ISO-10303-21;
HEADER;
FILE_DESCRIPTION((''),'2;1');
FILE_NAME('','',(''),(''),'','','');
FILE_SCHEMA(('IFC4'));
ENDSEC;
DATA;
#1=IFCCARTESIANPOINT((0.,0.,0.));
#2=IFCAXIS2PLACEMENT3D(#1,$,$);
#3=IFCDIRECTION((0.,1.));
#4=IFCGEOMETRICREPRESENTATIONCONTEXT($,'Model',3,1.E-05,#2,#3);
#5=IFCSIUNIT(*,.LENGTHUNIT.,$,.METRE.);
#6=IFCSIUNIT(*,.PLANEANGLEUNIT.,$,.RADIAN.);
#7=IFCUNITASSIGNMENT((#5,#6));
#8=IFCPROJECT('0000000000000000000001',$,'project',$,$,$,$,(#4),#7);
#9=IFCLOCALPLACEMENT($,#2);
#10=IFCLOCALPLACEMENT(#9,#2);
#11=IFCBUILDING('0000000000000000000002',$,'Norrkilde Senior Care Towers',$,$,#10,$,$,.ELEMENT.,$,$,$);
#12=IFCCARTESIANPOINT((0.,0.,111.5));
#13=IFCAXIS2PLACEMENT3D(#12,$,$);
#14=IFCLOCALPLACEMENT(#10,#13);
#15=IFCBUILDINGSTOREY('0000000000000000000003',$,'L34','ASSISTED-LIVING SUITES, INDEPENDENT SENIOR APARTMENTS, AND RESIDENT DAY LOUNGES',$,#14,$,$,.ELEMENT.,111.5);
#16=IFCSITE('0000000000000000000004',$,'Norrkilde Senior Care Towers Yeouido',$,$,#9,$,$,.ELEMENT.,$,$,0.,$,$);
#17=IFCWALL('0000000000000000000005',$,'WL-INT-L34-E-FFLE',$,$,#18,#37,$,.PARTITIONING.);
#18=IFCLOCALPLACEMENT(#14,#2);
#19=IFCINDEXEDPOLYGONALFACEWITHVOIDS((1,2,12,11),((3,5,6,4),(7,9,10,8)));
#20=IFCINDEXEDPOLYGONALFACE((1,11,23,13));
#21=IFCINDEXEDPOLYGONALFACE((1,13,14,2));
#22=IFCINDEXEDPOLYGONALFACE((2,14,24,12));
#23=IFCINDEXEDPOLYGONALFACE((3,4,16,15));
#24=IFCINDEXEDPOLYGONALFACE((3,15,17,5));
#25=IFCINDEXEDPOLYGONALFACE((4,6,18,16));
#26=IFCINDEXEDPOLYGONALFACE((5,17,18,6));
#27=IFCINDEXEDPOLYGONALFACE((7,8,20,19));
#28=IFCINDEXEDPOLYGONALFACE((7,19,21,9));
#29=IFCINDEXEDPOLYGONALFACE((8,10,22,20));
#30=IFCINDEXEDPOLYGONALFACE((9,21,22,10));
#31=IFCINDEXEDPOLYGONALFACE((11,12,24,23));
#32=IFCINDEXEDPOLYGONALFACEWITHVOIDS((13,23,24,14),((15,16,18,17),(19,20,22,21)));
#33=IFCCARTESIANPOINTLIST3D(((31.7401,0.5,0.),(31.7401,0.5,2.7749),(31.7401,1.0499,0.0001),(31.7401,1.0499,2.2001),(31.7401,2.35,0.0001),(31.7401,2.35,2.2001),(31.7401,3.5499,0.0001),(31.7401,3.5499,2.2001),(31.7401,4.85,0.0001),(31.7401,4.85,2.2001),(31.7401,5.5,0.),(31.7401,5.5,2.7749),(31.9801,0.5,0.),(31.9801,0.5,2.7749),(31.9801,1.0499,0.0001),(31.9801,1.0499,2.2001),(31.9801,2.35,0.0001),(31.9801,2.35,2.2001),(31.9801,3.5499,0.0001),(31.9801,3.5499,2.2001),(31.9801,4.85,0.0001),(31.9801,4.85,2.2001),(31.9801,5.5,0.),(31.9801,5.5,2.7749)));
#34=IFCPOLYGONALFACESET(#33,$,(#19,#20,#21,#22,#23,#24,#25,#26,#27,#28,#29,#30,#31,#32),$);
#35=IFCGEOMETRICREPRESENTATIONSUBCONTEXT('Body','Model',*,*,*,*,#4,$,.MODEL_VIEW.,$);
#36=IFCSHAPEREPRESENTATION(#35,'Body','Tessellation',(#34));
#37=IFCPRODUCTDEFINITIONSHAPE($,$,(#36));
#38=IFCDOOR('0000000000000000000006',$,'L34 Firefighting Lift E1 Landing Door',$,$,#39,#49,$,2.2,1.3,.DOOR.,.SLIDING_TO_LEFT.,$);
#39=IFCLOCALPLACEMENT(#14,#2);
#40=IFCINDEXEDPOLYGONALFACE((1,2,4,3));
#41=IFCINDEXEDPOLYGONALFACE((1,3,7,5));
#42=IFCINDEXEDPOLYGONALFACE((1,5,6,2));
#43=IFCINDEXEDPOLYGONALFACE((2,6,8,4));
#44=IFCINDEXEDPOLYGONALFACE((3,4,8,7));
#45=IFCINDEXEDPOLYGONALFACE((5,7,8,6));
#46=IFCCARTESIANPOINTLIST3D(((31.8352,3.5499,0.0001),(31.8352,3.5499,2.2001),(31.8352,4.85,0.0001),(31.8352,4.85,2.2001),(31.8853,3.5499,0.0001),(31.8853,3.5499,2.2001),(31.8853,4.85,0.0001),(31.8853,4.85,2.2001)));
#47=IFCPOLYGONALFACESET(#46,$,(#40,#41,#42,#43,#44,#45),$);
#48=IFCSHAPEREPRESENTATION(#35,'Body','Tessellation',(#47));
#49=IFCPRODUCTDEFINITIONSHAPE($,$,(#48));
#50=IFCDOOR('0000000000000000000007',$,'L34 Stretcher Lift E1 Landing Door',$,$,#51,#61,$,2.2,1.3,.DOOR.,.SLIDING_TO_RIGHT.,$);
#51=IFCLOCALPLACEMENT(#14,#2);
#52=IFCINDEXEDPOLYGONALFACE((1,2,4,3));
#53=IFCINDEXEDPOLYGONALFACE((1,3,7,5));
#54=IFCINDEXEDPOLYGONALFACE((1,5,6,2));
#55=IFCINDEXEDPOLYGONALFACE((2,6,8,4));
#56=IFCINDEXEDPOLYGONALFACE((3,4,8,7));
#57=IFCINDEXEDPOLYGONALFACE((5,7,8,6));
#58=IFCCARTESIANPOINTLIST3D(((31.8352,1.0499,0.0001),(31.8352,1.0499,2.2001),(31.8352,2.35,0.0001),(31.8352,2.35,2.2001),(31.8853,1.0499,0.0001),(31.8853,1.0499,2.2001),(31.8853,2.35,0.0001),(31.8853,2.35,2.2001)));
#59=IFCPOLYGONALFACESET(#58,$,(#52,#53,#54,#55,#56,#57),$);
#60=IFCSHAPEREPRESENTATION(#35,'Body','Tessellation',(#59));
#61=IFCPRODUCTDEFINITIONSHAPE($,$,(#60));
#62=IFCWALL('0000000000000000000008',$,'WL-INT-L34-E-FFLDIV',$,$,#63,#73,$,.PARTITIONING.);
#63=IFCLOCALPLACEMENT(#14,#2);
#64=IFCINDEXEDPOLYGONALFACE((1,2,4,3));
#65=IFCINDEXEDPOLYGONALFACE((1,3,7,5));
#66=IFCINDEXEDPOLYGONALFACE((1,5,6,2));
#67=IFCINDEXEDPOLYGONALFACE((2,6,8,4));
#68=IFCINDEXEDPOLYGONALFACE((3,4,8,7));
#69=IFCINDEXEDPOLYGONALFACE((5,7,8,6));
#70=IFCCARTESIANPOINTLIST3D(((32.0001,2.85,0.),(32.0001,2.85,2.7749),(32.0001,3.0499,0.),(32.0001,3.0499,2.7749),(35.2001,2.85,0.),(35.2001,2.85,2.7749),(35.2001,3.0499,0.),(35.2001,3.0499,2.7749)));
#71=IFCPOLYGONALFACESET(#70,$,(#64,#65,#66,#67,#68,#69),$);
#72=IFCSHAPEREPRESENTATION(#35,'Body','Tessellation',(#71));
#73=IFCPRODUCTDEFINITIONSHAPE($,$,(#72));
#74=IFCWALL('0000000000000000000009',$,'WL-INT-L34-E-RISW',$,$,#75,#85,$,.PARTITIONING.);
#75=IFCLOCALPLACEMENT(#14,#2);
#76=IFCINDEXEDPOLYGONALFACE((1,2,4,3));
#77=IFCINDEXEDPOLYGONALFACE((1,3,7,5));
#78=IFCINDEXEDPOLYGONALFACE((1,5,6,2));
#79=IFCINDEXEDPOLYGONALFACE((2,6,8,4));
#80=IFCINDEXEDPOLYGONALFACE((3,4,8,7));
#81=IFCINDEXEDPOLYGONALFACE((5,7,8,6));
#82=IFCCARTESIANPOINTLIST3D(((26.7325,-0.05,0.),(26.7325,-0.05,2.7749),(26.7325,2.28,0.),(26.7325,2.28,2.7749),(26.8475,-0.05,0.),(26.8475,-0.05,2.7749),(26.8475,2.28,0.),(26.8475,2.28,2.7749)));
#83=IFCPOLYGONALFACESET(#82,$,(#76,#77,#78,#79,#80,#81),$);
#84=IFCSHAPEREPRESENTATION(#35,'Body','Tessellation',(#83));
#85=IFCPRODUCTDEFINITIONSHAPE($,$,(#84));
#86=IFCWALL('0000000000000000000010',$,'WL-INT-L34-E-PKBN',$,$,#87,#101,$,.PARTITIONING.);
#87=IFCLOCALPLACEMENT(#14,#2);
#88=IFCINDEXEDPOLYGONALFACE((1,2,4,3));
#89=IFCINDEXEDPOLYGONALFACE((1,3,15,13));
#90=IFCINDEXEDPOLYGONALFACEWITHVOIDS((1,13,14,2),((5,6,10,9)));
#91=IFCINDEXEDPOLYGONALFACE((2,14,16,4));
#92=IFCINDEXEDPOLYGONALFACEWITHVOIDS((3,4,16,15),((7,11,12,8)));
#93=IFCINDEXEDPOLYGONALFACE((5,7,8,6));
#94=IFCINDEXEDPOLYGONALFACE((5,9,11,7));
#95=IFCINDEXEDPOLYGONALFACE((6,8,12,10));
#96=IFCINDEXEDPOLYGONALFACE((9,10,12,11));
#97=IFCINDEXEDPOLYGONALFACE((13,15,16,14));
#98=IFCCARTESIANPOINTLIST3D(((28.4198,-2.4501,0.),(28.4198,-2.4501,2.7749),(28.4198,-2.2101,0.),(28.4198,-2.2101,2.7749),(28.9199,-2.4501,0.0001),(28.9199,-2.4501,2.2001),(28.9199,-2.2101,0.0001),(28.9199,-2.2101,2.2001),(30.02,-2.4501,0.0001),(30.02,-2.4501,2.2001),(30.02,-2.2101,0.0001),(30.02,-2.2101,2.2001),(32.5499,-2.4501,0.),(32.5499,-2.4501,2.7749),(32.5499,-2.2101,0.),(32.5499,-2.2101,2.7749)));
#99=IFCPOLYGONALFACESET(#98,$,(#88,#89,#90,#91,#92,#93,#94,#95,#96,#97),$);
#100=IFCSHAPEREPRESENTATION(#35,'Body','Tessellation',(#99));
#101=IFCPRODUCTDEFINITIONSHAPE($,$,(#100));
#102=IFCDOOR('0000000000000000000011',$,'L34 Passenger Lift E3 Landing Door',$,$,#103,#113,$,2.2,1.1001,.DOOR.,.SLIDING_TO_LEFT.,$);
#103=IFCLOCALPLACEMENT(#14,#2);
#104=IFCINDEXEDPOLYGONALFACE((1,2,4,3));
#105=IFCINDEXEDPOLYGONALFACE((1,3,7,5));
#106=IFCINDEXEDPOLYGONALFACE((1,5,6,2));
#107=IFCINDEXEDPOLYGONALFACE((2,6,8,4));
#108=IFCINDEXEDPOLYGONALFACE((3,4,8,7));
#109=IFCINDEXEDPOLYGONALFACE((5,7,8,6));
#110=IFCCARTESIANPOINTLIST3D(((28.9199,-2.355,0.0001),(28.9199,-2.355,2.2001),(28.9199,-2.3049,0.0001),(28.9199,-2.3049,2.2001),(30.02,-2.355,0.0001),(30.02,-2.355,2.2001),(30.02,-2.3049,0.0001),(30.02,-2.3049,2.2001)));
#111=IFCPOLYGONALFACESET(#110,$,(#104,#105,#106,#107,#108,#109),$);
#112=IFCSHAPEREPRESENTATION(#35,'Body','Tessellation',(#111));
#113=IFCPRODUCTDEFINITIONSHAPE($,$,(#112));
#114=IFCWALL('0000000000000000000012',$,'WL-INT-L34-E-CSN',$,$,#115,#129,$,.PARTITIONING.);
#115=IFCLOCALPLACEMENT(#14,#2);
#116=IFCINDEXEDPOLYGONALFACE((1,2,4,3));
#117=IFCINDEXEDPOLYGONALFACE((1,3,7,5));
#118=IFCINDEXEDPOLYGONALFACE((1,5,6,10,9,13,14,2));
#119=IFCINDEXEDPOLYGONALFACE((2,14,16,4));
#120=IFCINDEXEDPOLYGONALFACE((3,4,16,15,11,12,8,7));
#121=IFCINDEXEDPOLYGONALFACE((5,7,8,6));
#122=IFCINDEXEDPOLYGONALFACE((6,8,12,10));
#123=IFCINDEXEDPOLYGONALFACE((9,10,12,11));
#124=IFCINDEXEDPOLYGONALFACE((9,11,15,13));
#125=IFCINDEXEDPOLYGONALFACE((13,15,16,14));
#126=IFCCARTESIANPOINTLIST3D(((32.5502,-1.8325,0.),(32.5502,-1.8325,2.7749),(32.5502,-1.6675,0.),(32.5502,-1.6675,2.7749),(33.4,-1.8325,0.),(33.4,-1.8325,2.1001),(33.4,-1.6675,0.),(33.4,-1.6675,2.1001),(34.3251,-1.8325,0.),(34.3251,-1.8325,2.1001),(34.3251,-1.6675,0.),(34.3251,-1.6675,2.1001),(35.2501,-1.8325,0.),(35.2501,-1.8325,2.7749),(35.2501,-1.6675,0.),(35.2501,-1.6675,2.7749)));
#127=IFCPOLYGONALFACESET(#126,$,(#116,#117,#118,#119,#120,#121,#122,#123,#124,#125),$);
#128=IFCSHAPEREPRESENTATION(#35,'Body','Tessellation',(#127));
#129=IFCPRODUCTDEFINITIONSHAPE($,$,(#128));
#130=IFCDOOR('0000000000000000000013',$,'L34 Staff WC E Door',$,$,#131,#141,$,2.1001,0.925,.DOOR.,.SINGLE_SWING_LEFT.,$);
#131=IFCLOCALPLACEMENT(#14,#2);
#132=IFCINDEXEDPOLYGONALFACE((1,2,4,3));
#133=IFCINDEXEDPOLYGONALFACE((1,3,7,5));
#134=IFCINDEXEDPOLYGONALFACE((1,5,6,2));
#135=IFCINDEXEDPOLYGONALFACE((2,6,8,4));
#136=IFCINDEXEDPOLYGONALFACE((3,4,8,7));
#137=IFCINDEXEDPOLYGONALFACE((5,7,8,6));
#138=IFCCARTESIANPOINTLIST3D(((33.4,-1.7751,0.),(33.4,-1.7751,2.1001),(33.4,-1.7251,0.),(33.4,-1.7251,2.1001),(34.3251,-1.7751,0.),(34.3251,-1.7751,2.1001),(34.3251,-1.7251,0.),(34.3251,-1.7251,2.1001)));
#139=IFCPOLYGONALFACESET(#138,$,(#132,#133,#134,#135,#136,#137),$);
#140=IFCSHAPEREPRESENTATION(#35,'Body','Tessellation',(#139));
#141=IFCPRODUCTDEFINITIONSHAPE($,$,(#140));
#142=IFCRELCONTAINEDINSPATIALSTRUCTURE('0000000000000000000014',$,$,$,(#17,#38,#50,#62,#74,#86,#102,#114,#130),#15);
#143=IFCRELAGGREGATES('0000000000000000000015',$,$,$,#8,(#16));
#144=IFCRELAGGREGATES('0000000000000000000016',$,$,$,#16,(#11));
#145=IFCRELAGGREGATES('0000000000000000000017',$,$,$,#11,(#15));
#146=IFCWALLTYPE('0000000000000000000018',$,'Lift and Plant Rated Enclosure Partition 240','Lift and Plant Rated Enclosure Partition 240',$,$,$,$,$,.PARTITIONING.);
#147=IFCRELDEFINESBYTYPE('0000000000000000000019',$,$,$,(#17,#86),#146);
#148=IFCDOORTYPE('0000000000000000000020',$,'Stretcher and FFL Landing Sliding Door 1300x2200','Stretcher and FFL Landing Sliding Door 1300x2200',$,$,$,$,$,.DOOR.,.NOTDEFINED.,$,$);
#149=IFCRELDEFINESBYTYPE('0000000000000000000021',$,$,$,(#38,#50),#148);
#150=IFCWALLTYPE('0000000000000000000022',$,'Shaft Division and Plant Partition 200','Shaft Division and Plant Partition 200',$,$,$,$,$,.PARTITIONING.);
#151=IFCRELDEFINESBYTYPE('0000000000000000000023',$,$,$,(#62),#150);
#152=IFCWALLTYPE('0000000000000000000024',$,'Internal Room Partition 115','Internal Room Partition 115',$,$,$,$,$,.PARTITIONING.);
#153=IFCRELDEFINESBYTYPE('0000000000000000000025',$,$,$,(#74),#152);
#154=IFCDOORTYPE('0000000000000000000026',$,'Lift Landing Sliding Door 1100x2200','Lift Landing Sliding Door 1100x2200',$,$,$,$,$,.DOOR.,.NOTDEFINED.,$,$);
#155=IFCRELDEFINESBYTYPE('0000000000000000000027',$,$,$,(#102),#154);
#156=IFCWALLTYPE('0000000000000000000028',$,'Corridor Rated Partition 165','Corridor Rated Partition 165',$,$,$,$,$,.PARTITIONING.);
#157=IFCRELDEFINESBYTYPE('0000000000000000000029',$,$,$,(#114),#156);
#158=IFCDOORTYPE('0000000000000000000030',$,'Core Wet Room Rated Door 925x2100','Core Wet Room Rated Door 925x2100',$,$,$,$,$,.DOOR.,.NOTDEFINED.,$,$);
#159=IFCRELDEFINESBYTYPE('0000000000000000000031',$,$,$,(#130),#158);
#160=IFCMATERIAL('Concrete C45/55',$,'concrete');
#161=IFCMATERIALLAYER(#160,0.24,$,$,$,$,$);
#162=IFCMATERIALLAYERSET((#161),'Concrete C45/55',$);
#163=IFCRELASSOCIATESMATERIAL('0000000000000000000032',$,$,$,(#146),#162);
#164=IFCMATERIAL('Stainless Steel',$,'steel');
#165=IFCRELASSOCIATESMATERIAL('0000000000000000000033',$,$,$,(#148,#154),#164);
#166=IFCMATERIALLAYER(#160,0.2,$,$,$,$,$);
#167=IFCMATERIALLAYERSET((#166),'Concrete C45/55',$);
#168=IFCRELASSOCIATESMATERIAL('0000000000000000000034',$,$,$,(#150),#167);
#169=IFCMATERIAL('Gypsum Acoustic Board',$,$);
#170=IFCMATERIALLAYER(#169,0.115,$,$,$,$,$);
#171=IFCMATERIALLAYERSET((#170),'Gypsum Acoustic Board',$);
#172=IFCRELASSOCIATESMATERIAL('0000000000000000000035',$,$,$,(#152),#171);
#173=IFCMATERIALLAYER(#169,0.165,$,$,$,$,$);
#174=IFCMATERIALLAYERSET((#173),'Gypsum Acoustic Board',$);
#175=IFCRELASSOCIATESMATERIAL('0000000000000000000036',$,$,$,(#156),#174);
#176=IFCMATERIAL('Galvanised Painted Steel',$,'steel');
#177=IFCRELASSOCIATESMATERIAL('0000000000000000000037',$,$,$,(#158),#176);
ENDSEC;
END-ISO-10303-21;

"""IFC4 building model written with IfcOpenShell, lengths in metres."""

from ifc_helpers import new_model, si_unit, direction, frame, frame_2d, origin, place, context, subcontext, project, spatial, rectangle, extrude, source, transform, mapped, material, layer, layer_set, type_object, type_shapes, element, fill, save


model = new_model("IFC4")

# Units and contexts
model_context = context("Model", 3, precision=1e-05, world=origin(), true_north=direction((0.0, 1.0)))
body_context = subcontext(model_context, "Body", "Model", "MODEL_VIEW")
ifc_project = project(units=[si_unit("LENGTHUNIT", "METRE"), si_unit("PLANEANGLEUNIT", "RADIAN")], contexts=[model_context])

# Site, building, storey
site_placement = place(None, origin())
site = spatial("IfcSite", under=ifc_project, at=site_placement, Name="Norrkilde Senior Care Towers Yeouido", CompositionType="ELEMENT", RefElevation=0.0)
building_placement = place(site_placement, origin())
building = spatial("IfcBuilding", under=site, at=building_placement, Name="Norrkilde Senior Care Towers", CompositionType="ELEMENT")
storey_placement = place(building_placement, frame((0.0, 0.0, 111.5)))
storey = spatial("IfcBuildingStorey", under=building, at=storey_placement, Name="L34", Description="ASSISTED-LIVING SUITES, INDEPENDENT SENIOR APARTMENTS, AND RESIDENT DAY LOUNGES", CompositionType="ELEMENT", Elevation=111.5)

# Wall, openings, doors
ifc_material_1 = material(Name="Concrete C45/55", Category="concrete")
ifc_layer_1 = layer(ifc_material_1, 0.24)
ifc_layer_set_1 = layer_set([ifc_layer_1], Name="Concrete C45/55")
wall_type_1 = type_object("IfcWallType", Name="Lift and Plant Rated Enclosure Partition 240", Description="Lift and Plant Rated Enclosure Partition 240", PredefinedType="PARTITIONING", material=ifc_layer_set_1)
shared_shape_1 = source(origin(), body_context, "Body", "SweptSolid", [
    extrude(rectangle(XDim=5.0, YDim=0.24, at=frame_2d((2.5, 0.0))), origin(), (0.0, 0.0, 1.0), 2.7749),
])
wall_1_placement = place(storey_placement, frame((31.8601, 0.5, 0.0), z_axis=(0.0, 0.0, 1.0), x_axis=(0.0, 1.0, 0.0)))
wall_1 = element("IfcWall", 1, at=wall_1_placement, inside=storey, type_object=wall_type_1, Name="WL-INT-L34-E-FFLE", PredefinedType="PARTITIONING", context=body_context, shape_type="MappedRepresentation", body=[
    mapped(shared_shape_1, transform((0.0, 0.0, 0.0), x_axis=(1.0, 0.0, 0.0), y_axis=(0.0, 1.0, 0.0), z_axis=(0.0, 0.0, 1.0), scale=1.0)),
])
opening_1_placement = place(wall_1_placement, frame((3.05, 0.0, 0.0)))
opening_1 = element("IfcOpeningElement", 2, at=opening_1_placement, cuts=wall_1, PredefinedType="OPENING", context=body_context, shape_type="SweptSolid", body=[
    extrude(rectangle(XDim=1.3, YDim=2.2, at=frame_2d((0.6499, 1.1001))), frame((0.0, 0.1299, 0.0), z_axis=(0.0, -1.0, 0.0), x_axis=(1.0, 0.0, 0.0)), (0.0, 0.0, 1.0), 0.26),
])
opening_2_placement = place(wall_1_placement, frame((0.55, 0.0, 0.0)))
opening_2 = element("IfcOpeningElement", 3, at=opening_2_placement, cuts=wall_1, PredefinedType="OPENING", context=body_context, shape_type="SweptSolid", body=[
    extrude(rectangle(XDim=1.3, YDim=2.2, at=frame_2d((0.6499, 1.1001))), frame((0.0, 0.1299, 0.0), z_axis=(0.0, -1.0, 0.0), x_axis=(1.0, 0.0, 0.0)), (0.0, 0.0, 1.0), 0.26),
])
ifc_material_2 = material(Name="Stainless Steel", Category="steel")
door_type_1 = type_object("IfcDoorType", Name="Stretcher and FFL Landing Sliding Door 1300x2200", Description="Stretcher and FFL Landing Sliding Door 1300x2200", OperationType="NOTDEFINED", PredefinedType="DOOR", material=ifc_material_2)
shared_shape_2 = source(origin(), body_context, "Body", "SweptSolid", [
    extrude(rectangle(XDim=1.3, YDim=2.2, at=frame_2d((0.6499, 1.1001))), frame((0.0, 0.0249, 0.0), z_axis=(0.0, -1.0, 0.0), x_axis=(1.0, 0.0, 0.0)), (0.0, 0.0, 1.0), 0.05),
])
type_shapes(door_type_1, [shared_shape_2])
door_1_placement = place(opening_1_placement, origin())
door_1 = element("IfcDoor", 4, at=door_1_placement, inside=storey, type_object=door_type_1, Name="L34 Firefighting Lift E1 Landing Door", OperationType="SLIDING_TO_LEFT", OverallHeight=2.2, OverallWidth=1.3, PredefinedType="DOOR", context=body_context, shape_type="MappedRepresentation", body=[
    mapped(shared_shape_2, transform((0.0, 0.0, 0.0), x_axis=(1.0, 0.0, 0.0), y_axis=(0.0, 1.0, 0.0), z_axis=(0.0, 0.0, 1.0), scale=1.0)),
])
fill(opening_1, door_1)
door_2_placement = place(opening_2_placement, origin())
door_2 = element("IfcDoor", 5, at=door_2_placement, inside=storey, type_object=door_type_1, Name="L34 Stretcher Lift E1 Landing Door", OperationType="SLIDING_TO_RIGHT", OverallHeight=2.2, OverallWidth=1.3, PredefinedType="DOOR", context=body_context, shape_type="MappedRepresentation", body=[
    mapped(shared_shape_2, transform((0.0, 0.0, 0.0), x_axis=(1.0, 0.0, 0.0), y_axis=(0.0, 1.0, 0.0), z_axis=(0.0, 0.0, 1.0), scale=1.0)),
])
fill(opening_2, door_2)

# Wall
ifc_layer_2 = layer(ifc_material_1, 0.2)
ifc_layer_set_2 = layer_set([ifc_layer_2], Name="Concrete C45/55")
wall_type_2 = type_object("IfcWallType", Name="Shaft Division and Plant Partition 200", Description="Shaft Division and Plant Partition 200", PredefinedType="PARTITIONING", material=ifc_layer_set_2)
shared_shape_3 = source(origin(), body_context, "Body", "SweptSolid", [
    extrude(rectangle(XDim=3.2, YDim=0.2, at=frame_2d((1.6001, 0.0))), origin(), (0.0, 0.0, 1.0), 2.7749),
])
type_shapes(wall_type_2, [shared_shape_3])
wall_2_placement = place(storey_placement, frame((32.0, 2.95, 0.0), z_axis=(0.0, 0.0, 1.0), x_axis=(1.0, 0.0, 0.0)))
element("IfcWall", 6, at=wall_2_placement, inside=storey, type_object=wall_type_2, Name="WL-INT-L34-E-FFLDIV", PredefinedType="PARTITIONING", context=body_context, shape_type="MappedRepresentation", body=[
    mapped(shared_shape_3, transform((0.0, 0.0, 0.0), x_axis=(1.0, 0.0, 0.0), y_axis=(0.0, 1.0, 0.0), z_axis=(0.0, 0.0, 1.0), scale=1.0)),
])

# Shared definitions
ifc_material_3 = material(Name="Galvanised Painted Steel", Category="steel")

# Wall
ifc_material_4 = material(Name="Gypsum Acoustic Board")
ifc_layer_3 = layer(ifc_material_4, 0.115)
ifc_layer_set_3 = layer_set([ifc_layer_3], Name="Gypsum Acoustic Board")
wall_type_3 = type_object("IfcWallType", Name="Internal Room Partition 115", Description="Internal Room Partition 115", PredefinedType="PARTITIONING", material=ifc_layer_set_3)
shared_shape_4 = source(origin(), body_context, "Body", "SweptSolid", [
    extrude(rectangle(XDim=2.3301, YDim=0.115, at=frame_2d((1.165, 0.0))), origin(), (0.0, 0.0, 1.0), 2.7749),
])
wall_3_placement = place(storey_placement, frame((26.79, -0.05, 0.0), z_axis=(0.0, 0.0, 1.0), x_axis=(0.0, 1.0, 0.0)))
element("IfcWall", 7, at=wall_3_placement, inside=storey, type_object=wall_type_3, Name="WL-INT-L34-E-RISW", PredefinedType="PARTITIONING", context=body_context, shape_type="MappedRepresentation", body=[
    mapped(shared_shape_4, transform((0.0, 0.0, 0.0), x_axis=(1.0, 0.0, 0.0), y_axis=(0.0, 1.0, 0.0), z_axis=(0.0, 0.0, 1.0), scale=1.0)),
])

# Walls, openings, doors
shared_shape_5 = source(origin(), body_context, "Body", "SweptSolid", [
    extrude(rectangle(XDim=4.1301, YDim=0.24, at=frame_2d((2.0649, 0.0))), origin(), (0.0, 0.0, 1.0), 2.7749),
])
type_shapes(wall_type_1, [shared_shape_1, shared_shape_5])
wall_4_placement = place(storey_placement, frame((28.4199, -2.3301, 0.0), z_axis=(0.0, 0.0, 1.0), x_axis=(1.0, 0.0, 0.0)))
wall_4 = element("IfcWall", 8, at=wall_4_placement, inside=storey, type_object=wall_type_1, Name="WL-INT-L34-E-PKBN", PredefinedType="PARTITIONING", context=body_context, shape_type="MappedRepresentation", body=[
    mapped(shared_shape_5, transform((0.0, 0.0, 0.0), x_axis=(1.0, 0.0, 0.0), y_axis=(0.0, 1.0, 0.0), z_axis=(0.0, 0.0, 1.0), scale=1.0)),
])
opening_3_placement = place(wall_4_placement, frame((0.5, 0.0, 0.0)))
opening_3 = element("IfcOpeningElement", 9, at=opening_3_placement, cuts=wall_4, PredefinedType="OPENING", context=body_context, shape_type="SweptSolid", body=[
    extrude(rectangle(XDim=1.1001, YDim=2.2, at=frame_2d((0.55, 1.1001))), frame((0.0, 0.1299, 0.0), z_axis=(0.0, -1.0, 0.0), x_axis=(1.0, 0.0, 0.0)), (0.0, 0.0, 1.0), 0.26),
])
door_type_2 = type_object("IfcDoorType", Name="Lift Landing Sliding Door 1100x2200", Description="Lift Landing Sliding Door 1100x2200", OperationType="NOTDEFINED", PredefinedType="DOOR", material=ifc_material_2)
shared_shape_6 = source(origin(), body_context, "Body", "SweptSolid", [
    extrude(rectangle(XDim=1.1001, YDim=2.2, at=frame_2d((0.55, 1.1001))), frame((0.0, 0.0249, 0.0), z_axis=(0.0, -1.0, 0.0), x_axis=(1.0, 0.0, 0.0)), (0.0, 0.0, 1.0), 0.05),
])
type_shapes(door_type_2, [shared_shape_6])
door_3_placement = place(opening_3_placement, frame((1.1001, 0.0, 0.0), z_axis=(0.0, 0.0, 1.0), x_axis=(-1.0, 0.0, 0.0)))
door_3 = element("IfcDoor", 10, at=door_3_placement, inside=storey, type_object=door_type_2, Name="L34 Passenger Lift E3 Landing Door", OperationType="SLIDING_TO_LEFT", OverallHeight=2.2, OverallWidth=1.1001, PredefinedType="DOOR", context=body_context, shape_type="MappedRepresentation", body=[
    mapped(shared_shape_6, transform((0.0, 0.0, 0.0), x_axis=(1.0, 0.0, 0.0), y_axis=(0.0, 1.0, 0.0), z_axis=(0.0, 0.0, 1.0), scale=1.0)),
])
fill(opening_3, door_3)
ifc_layer_4 = layer(ifc_material_4, 0.165)
ifc_layer_set_4 = layer_set([ifc_layer_4], Name="Gypsum Acoustic Board")
wall_type_4 = type_object("IfcWallType", Name="Corridor Rated Partition 165", Description="Corridor Rated Partition 165", PredefinedType="PARTITIONING", material=ifc_layer_set_4)
shared_shape_7 = source(origin(), body_context, "Body", "SweptSolid", [
    extrude(rectangle(XDim=2.7, YDim=0.165, at=frame_2d((1.3501, 0.0))), origin(), (0.0, 0.0, 1.0), 2.7749),
])
type_shapes(wall_type_4, [shared_shape_7])
wall_5_placement = place(storey_placement, frame((32.55, -1.75, 0.0), z_axis=(0.0, 0.0, 1.0), x_axis=(1.0, 0.0, 0.0)))
wall_5 = element("IfcWall", 11, at=wall_5_placement, inside=storey, type_object=wall_type_4, Name="WL-INT-L34-E-CSN", PredefinedType="PARTITIONING", context=body_context, shape_type="MappedRepresentation", body=[
    mapped(shared_shape_7, transform((0.0, 0.0, 0.0), x_axis=(1.0, 0.0, 0.0), y_axis=(0.0, 1.0, 0.0), z_axis=(0.0, 0.0, 1.0), scale=1.0)),
])
opening_4_placement = place(wall_5_placement, frame((0.8501, 0.0, 0.0)))
opening_4 = element("IfcOpeningElement", 12, at=opening_4_placement, cuts=wall_5, PredefinedType="OPENING", context=body_context, shape_type="SweptSolid", body=[
    extrude(rectangle(XDim=0.925, YDim=2.1001, at=frame_2d((0.4624, 1.05))), frame((0.0, 0.0925, 0.0), z_axis=(0.0, -1.0, 0.0), x_axis=(1.0, 0.0, 0.0)), (0.0, 0.0, 1.0), 0.1851),
])
door_type_3 = type_object("IfcDoorType", Name="Core Wet Room Rated Door 925x2100", Description="Core Wet Room Rated Door 925x2100", OperationType="NOTDEFINED", PredefinedType="DOOR", material=ifc_material_3)
shared_shape_8 = source(origin(), body_context, "Body", "SweptSolid", [
    extrude(rectangle(XDim=0.925, YDim=2.1001, at=frame_2d((0.4624, 1.05))), frame((0.0, 0.0249, 0.0), z_axis=(0.0, -1.0, 0.0), x_axis=(1.0, 0.0, 0.0)), (0.0, 0.0, 1.0), 0.05),
])
type_shapes(door_type_3, [shared_shape_8])
door_4_placement = place(opening_4_placement, origin())
door_4 = element("IfcDoor", 13, at=door_4_placement, inside=storey, type_object=door_type_3, Name="L34 Staff WC E Door", OperationType="SINGLE_SWING_LEFT", OverallHeight=2.1001, OverallWidth=0.925, PredefinedType="DOOR", context=body_context, shape_type="MappedRepresentation", body=[
    mapped(shared_shape_8, transform((0.0, 0.0, 0.0), x_axis=(1.0, 0.0, 0.0), y_axis=(0.0, 1.0, 0.0), z_axis=(0.0, 0.0, 1.0), scale=1.0)),
])
fill(opening_4, door_4)

save(model, "model.ifc")
